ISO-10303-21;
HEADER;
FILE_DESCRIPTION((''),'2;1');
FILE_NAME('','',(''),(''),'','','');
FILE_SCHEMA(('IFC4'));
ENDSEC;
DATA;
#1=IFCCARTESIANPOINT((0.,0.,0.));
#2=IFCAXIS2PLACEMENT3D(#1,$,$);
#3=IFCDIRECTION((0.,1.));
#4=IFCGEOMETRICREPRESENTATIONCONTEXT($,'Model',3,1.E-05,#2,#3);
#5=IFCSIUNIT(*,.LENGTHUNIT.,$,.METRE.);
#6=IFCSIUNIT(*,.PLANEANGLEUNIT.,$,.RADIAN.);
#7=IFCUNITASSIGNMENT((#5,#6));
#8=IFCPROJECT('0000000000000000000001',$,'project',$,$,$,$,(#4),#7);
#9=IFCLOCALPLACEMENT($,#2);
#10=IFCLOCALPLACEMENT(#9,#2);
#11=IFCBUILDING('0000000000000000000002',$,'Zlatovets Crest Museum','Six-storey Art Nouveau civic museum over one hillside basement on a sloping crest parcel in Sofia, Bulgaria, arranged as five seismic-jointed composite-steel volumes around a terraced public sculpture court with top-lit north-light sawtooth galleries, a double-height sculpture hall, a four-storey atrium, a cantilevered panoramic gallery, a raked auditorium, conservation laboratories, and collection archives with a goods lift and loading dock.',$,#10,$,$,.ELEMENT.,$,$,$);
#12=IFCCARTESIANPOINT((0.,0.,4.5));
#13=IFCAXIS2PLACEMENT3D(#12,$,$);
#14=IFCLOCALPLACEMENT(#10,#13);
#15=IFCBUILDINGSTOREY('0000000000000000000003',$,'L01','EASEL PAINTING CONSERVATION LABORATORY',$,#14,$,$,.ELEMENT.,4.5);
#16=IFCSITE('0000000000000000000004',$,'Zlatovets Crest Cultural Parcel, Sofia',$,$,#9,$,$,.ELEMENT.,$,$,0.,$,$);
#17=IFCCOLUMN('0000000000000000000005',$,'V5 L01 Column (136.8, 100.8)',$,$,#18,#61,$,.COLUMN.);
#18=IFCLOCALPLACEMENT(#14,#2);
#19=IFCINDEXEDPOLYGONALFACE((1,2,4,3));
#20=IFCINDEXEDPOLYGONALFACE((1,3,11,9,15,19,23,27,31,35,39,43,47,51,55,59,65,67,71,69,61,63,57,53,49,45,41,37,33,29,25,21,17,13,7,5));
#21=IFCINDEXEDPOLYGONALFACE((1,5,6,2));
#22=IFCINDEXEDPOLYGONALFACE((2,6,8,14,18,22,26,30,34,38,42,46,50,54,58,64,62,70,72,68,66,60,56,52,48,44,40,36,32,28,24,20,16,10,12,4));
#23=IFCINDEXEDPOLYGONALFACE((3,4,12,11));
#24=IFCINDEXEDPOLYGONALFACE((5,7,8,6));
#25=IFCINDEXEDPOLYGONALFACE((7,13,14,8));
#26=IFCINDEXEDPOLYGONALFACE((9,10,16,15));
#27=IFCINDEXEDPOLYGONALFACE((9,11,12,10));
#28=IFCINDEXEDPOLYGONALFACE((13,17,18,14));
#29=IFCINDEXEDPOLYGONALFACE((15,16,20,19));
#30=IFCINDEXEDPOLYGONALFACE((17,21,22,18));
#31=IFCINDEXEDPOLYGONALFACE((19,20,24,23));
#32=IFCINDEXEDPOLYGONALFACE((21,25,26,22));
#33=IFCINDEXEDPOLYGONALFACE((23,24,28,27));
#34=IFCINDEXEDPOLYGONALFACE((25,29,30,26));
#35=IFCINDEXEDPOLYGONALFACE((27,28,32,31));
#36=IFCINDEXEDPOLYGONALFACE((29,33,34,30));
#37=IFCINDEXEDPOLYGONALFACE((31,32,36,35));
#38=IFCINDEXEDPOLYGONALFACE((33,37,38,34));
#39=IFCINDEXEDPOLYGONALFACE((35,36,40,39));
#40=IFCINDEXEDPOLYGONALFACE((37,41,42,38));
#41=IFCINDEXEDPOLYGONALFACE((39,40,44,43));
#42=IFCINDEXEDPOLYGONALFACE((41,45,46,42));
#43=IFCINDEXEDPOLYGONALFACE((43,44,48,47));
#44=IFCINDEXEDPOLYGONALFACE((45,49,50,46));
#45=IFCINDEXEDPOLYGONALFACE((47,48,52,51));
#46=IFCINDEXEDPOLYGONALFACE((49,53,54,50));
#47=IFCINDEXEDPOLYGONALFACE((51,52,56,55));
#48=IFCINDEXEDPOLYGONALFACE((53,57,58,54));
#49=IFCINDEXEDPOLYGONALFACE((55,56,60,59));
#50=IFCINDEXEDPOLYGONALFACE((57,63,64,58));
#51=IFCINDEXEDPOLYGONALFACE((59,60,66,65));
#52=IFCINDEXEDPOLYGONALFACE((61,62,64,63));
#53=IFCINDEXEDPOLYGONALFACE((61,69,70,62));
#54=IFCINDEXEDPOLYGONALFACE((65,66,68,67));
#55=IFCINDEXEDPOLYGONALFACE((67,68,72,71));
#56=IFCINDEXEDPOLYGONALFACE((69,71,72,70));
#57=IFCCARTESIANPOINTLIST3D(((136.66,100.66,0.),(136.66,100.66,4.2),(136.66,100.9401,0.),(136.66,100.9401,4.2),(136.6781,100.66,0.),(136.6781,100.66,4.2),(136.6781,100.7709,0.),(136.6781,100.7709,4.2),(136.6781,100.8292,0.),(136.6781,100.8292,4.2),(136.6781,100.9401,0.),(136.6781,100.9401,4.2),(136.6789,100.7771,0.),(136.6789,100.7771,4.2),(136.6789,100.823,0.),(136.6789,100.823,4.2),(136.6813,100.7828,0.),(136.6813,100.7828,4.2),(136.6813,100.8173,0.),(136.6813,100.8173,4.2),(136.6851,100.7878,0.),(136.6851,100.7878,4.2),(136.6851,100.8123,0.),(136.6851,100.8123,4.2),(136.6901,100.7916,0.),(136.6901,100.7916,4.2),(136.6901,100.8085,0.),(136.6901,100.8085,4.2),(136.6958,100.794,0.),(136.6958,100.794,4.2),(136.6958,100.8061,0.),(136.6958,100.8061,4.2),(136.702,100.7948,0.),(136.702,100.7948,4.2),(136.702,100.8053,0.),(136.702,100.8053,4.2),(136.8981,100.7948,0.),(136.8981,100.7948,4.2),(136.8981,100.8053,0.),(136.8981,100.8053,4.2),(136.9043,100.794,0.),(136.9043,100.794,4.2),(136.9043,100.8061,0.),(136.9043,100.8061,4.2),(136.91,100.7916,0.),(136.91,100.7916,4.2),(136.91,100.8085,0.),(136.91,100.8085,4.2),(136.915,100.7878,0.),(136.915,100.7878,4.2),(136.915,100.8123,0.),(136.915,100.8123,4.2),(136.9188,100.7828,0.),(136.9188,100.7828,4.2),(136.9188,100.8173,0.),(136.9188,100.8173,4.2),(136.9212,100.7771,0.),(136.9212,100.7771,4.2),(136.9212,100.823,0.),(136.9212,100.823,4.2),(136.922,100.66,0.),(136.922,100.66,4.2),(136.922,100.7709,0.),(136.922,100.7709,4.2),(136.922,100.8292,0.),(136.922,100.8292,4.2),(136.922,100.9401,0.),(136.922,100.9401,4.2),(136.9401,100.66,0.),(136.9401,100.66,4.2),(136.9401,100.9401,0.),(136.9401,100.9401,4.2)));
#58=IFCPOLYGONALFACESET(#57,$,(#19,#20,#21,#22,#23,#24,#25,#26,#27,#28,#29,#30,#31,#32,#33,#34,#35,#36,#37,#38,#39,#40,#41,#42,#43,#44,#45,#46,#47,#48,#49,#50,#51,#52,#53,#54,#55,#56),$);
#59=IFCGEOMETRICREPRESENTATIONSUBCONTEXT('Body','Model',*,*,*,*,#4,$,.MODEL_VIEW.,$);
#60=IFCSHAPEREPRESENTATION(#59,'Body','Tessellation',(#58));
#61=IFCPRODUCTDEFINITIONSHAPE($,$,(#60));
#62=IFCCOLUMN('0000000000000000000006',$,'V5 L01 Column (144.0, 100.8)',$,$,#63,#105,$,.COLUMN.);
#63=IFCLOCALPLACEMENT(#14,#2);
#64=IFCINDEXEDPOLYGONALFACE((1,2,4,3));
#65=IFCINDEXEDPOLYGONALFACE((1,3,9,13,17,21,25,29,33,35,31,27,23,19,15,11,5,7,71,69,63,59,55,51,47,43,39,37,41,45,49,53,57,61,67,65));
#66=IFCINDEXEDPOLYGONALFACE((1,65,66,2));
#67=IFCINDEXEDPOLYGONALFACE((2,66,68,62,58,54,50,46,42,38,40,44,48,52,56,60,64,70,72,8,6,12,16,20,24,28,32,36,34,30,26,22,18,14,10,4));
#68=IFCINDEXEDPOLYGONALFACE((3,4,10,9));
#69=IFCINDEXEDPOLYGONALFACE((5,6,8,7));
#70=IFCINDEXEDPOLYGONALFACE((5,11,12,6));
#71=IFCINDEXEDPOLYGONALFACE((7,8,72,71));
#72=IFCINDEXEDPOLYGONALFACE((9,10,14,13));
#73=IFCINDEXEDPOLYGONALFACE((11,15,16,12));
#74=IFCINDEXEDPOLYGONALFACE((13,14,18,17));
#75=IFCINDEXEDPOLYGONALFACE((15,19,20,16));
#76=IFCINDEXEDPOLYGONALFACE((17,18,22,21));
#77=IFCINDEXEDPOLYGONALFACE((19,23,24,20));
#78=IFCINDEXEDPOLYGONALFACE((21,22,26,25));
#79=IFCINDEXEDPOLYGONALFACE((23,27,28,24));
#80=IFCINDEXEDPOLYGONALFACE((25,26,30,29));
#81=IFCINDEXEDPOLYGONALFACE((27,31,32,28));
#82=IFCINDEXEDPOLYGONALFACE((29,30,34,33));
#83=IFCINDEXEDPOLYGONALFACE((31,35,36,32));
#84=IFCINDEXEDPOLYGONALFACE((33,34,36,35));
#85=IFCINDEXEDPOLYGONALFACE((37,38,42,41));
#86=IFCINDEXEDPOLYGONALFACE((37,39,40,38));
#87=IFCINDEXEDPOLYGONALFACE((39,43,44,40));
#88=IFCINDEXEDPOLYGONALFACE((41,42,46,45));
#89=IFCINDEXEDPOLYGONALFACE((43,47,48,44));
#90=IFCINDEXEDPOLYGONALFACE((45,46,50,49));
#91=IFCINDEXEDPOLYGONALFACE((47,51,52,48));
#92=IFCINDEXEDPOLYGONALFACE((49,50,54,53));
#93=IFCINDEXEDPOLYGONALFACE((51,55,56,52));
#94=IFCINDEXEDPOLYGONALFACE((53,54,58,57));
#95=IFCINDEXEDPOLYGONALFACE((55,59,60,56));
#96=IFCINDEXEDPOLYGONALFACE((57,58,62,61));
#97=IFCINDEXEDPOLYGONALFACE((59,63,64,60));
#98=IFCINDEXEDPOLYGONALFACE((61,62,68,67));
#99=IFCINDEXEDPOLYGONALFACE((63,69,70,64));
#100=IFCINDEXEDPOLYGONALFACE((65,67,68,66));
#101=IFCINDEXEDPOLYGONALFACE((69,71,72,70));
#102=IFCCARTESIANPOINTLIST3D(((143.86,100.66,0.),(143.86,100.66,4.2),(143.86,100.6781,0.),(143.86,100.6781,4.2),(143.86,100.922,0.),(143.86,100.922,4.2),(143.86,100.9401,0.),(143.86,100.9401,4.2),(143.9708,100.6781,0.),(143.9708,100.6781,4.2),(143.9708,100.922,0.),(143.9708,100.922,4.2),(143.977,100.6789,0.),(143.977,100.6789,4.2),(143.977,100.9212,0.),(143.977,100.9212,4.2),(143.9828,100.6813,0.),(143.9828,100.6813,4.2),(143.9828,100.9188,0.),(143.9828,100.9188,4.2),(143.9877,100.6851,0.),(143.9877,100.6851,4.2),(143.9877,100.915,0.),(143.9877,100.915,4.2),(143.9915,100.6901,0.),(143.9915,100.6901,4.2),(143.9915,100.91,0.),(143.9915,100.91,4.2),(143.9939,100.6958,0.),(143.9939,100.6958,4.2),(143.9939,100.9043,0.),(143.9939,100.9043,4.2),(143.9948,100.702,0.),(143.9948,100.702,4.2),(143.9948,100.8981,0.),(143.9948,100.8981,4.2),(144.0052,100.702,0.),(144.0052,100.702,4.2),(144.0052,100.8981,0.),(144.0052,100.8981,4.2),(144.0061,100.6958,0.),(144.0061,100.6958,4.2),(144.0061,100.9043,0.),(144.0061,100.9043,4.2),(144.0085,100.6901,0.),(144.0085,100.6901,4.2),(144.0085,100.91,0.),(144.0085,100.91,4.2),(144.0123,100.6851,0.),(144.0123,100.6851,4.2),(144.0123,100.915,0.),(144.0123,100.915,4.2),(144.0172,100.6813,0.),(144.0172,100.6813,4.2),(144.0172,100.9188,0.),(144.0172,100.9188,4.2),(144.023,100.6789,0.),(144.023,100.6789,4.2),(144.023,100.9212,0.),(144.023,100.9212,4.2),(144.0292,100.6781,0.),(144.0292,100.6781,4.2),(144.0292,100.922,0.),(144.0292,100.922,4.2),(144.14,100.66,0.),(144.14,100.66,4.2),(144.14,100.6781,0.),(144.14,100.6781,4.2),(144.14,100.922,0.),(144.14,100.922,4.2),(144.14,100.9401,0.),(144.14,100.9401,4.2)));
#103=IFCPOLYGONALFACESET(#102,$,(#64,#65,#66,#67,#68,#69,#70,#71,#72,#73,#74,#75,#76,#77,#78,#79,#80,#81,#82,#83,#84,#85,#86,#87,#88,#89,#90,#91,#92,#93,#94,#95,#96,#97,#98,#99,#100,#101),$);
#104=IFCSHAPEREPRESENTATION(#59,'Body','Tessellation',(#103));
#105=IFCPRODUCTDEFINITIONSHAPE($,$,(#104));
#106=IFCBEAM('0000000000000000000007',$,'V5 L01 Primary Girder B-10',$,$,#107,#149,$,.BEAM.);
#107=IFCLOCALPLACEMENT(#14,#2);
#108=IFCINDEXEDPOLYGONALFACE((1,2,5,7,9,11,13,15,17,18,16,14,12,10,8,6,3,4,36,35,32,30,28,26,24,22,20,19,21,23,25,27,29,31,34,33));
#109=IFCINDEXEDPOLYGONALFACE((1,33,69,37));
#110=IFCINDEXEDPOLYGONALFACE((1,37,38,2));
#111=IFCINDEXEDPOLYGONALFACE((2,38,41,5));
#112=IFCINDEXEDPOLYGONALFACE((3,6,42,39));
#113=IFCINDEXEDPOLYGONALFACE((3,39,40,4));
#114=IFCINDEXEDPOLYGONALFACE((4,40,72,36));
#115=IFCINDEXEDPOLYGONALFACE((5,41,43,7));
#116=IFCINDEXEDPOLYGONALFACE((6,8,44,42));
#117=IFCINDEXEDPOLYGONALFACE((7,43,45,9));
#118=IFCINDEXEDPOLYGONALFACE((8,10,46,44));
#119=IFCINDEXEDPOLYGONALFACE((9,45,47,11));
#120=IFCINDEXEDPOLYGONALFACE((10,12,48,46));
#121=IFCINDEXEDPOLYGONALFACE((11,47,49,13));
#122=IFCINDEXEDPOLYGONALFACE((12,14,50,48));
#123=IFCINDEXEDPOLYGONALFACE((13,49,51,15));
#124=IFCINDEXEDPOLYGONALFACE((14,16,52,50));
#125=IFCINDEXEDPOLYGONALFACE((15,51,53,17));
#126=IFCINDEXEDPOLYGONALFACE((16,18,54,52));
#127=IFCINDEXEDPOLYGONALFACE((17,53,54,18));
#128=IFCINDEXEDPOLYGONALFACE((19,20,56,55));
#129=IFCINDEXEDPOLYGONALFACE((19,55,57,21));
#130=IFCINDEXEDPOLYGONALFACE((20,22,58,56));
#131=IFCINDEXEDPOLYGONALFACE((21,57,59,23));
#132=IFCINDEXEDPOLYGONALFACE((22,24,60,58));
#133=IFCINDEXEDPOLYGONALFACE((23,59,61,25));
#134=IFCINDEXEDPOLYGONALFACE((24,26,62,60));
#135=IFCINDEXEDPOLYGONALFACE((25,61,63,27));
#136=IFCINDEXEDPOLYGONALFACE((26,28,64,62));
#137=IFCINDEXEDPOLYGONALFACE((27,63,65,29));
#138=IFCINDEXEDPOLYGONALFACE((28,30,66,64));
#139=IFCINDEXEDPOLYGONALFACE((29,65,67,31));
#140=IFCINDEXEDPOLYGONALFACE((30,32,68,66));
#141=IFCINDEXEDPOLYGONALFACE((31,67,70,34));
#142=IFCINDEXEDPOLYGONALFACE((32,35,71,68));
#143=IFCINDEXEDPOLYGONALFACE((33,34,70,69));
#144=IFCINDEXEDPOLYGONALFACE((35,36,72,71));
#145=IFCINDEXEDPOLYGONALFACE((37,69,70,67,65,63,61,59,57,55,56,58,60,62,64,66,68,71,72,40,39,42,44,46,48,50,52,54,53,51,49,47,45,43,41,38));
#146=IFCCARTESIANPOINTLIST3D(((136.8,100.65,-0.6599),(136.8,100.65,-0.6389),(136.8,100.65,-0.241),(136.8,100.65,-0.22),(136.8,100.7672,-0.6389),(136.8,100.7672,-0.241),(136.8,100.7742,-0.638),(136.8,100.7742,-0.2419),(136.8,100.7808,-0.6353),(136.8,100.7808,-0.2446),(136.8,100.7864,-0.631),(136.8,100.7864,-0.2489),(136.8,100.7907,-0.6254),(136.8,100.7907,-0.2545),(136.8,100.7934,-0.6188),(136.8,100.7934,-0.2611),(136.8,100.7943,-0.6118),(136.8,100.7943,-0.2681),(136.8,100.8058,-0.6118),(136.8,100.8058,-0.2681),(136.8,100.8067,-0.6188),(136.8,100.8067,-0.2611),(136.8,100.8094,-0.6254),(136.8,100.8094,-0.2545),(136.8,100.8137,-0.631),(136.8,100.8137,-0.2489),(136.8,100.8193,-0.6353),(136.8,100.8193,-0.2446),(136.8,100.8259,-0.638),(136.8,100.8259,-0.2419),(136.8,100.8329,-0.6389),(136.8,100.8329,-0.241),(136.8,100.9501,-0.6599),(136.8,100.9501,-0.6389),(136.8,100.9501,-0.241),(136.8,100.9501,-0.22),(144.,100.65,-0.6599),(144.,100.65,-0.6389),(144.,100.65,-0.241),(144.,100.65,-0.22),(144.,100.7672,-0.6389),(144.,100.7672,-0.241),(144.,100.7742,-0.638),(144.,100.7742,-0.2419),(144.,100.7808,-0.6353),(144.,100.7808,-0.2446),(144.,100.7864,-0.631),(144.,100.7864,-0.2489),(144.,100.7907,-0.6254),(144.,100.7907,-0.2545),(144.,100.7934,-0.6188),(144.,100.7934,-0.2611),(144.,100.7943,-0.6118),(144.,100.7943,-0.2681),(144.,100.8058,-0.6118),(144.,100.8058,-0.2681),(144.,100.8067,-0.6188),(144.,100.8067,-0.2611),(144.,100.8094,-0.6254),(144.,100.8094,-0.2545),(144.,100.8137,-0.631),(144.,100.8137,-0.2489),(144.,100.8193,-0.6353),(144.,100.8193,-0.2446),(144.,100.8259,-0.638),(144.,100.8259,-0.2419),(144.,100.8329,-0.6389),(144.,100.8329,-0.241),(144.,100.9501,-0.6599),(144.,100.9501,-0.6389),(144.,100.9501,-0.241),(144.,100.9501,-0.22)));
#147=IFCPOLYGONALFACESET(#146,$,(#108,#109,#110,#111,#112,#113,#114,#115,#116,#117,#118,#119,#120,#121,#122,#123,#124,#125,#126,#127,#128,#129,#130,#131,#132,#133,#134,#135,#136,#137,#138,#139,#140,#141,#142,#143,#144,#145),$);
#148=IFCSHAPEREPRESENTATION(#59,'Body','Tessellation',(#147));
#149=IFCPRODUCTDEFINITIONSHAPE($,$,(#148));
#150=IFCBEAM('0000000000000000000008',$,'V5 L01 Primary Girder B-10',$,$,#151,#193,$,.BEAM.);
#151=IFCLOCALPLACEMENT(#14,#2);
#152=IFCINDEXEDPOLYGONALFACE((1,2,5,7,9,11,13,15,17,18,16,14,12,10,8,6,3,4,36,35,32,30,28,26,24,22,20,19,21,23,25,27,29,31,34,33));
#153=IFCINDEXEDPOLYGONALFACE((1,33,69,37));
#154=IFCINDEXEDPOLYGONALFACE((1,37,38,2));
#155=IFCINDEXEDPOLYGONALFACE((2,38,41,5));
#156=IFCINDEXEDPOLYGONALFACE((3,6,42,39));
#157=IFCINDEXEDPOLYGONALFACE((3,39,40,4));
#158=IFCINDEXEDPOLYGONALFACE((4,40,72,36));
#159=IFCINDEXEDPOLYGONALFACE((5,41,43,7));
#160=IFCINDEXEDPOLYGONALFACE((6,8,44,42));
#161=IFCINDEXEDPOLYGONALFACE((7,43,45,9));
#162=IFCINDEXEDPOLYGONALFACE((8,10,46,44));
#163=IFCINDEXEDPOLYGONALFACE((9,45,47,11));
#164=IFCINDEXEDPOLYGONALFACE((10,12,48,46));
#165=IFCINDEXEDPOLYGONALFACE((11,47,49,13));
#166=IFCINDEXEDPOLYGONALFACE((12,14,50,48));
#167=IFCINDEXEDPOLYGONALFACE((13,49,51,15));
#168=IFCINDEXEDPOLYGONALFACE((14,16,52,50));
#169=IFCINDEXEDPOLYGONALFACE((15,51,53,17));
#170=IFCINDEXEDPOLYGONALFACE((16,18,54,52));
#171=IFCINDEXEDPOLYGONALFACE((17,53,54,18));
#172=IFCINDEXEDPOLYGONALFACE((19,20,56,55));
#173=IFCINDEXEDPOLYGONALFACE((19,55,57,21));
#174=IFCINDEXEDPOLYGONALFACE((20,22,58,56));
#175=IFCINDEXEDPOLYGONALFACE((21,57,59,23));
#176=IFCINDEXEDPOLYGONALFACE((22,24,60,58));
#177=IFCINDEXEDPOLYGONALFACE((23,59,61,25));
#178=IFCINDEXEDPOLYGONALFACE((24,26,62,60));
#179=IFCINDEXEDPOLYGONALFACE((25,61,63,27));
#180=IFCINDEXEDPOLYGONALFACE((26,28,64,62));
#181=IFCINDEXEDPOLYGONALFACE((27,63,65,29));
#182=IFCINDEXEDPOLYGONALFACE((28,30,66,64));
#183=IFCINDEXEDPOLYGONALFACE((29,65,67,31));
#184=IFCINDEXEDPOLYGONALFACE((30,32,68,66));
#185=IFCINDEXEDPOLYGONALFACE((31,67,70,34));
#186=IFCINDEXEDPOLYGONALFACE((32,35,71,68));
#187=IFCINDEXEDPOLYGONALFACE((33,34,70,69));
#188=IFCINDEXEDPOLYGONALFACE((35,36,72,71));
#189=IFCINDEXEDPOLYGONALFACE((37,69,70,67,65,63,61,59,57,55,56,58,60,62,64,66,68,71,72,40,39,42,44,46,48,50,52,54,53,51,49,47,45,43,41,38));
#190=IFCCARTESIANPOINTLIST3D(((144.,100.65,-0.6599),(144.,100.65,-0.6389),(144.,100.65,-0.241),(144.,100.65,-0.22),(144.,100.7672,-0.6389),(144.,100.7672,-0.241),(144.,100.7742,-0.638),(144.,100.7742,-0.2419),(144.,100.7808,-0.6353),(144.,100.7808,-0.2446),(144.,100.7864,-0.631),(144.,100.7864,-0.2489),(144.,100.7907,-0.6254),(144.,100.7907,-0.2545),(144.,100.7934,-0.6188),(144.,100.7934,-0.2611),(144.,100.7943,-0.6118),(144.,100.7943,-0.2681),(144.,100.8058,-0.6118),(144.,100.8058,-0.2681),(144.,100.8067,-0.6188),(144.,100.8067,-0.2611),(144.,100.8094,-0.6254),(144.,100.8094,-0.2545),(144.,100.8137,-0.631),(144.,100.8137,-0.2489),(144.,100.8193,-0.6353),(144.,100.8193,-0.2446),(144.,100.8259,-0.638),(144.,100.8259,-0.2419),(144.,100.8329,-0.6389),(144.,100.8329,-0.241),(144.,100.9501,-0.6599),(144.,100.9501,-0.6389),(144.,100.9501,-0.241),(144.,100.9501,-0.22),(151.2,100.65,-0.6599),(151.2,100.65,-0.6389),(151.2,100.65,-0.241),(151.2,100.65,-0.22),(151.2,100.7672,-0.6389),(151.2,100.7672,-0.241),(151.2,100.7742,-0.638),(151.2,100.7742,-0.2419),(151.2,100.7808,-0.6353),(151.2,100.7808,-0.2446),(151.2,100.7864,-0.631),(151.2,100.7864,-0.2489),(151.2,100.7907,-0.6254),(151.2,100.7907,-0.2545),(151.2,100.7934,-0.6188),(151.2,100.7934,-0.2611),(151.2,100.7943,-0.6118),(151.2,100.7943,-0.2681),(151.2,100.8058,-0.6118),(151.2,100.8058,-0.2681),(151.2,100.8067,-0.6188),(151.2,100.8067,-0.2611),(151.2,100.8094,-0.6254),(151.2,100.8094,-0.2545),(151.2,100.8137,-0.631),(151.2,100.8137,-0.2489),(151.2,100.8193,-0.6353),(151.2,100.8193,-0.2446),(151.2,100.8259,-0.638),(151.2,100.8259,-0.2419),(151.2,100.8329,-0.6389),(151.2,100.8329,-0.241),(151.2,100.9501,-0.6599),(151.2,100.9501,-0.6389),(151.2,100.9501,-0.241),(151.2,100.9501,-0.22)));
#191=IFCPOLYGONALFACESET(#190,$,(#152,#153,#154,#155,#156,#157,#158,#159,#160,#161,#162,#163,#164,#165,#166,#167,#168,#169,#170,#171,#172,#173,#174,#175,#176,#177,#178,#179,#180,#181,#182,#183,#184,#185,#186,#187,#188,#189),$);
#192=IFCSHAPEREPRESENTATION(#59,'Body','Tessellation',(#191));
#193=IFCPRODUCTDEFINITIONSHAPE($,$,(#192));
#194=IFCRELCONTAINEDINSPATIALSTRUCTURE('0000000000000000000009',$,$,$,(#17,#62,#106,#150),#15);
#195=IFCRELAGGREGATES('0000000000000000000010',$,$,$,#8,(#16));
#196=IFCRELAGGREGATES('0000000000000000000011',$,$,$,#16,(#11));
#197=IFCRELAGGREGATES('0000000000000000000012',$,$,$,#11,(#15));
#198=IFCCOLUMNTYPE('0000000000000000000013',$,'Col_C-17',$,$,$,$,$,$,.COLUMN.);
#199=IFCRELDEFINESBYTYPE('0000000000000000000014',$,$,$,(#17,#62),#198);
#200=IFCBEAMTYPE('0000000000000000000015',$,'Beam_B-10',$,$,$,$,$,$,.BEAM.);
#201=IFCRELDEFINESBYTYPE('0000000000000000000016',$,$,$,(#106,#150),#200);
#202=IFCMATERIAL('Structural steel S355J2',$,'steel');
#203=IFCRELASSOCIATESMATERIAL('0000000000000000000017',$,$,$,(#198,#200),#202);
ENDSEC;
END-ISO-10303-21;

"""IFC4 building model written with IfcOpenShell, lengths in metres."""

from ifc_helpers import new_model, si_unit, direction, frame, origin, origin_2d, place, context, subcontext, project, spatial, i_section, extrude, material, material_profile, profile_set, type_object, element, save


model = new_model("IFC4")

# Units and contexts
model_context = context("Model", 3, precision=1e-05, world=origin(), true_north=direction((0.0, 1.0)))
body_context = subcontext(model_context, "Body", "Model", "MODEL_VIEW")
ifc_project = project(units=[si_unit("LENGTHUNIT", "METRE"), si_unit("PLANEANGLEUNIT", "RADIAN")], contexts=[model_context])

# Site, building, storey
site_placement = place(None, origin())
site = spatial("IfcSite", under=ifc_project, at=site_placement, Name="Zlatovets Crest Cultural Parcel, Sofia", CompositionType="ELEMENT", RefElevation=0.0)
building_placement = place(site_placement, origin())
building = spatial("IfcBuilding", under=site, at=building_placement, Name="Zlatovets Crest Museum", Description="Six-storey Art Nouveau civic museum over one hillside basement on a sloping crest parcel in Sofia, Bulgaria, arranged as five seismic-jointed composite-steel volumes around a terraced public sculpture court with top-lit north-light sawtooth galleries, a double-height sculpture hall, a four-storey atrium, a cantilevered panoramic gallery, a raked auditorium, conservation laboratories, and collection archives with a goods lift and loading dock.", CompositionType="ELEMENT")
storey_placement = place(building_placement, frame((0.0, 0.0, 4.5)))
storey = spatial("IfcBuildingStorey", under=building, at=storey_placement, Name="L01", Description="EASEL PAINTING CONSERVATION LABORATORY", CompositionType="ELEMENT", Elevation=4.5)

# Columns
ifc_material_1 = material(Name="Structural steel S355J2", Category="steel")
ifc_material_profile_1 = material_profile(ifc_material_1, i_section(OverallWidth=0.28, OverallDepth=0.28, WebThickness=0.0105, FlangeThickness=0.0181, FilletRadius=0.0239, at=origin_2d()), Name="HEB 280")
ifc_profile_set_1 = profile_set([ifc_material_profile_1], Name="Structural steel S355J2")
column_type = type_object("IfcColumnType", Name="Col_C-17", PredefinedType="COLUMN", material=ifc_profile_set_1)
for number, where, z_axis, x_axis, name in (
    (1, (136.8, 100.8, 0.0), (0.0, 0.0, 1.0), (0.0, 1.0, 0.0), "V5 L01 Column (136.8, 100.8)"),
    (2, (144.0, 100.8, 0.0), (0.0, 0.0, 1.0), (1.0, 0.0, 0.0), "V5 L01 Column (144.0, 100.8)"),
):
    element("IfcColumn", number, at=place(storey_placement, frame(where, z_axis=z_axis, x_axis=x_axis)), inside=storey, type_object=column_type, Name=name, PredefinedType="COLUMN", context=body_context, shape_type="SweptSolid", body=[
        extrude(i_section(OverallWidth=0.28, OverallDepth=0.28, WebThickness=0.0105, FlangeThickness=0.0181, FilletRadius=0.0239, at=origin_2d()), origin(), (0.0, 0.0, 1.0), 4.2),
    ])

# Beams
ifc_material_profile_2 = material_profile(ifc_material_1, i_section(OverallWidth=0.3, OverallDepth=0.4399, WebThickness=0.0115, FlangeThickness=0.021, FilletRadius=0.0271, at=origin_2d()), Name="HEA 450")
ifc_profile_set_2 = profile_set([ifc_material_profile_2], Name="Structural steel S355J2")
beam_type_1 = type_object("IfcBeamType", Name="Beam_B-10", PredefinedType="BEAM", material=ifc_profile_set_2)
for number, where, z_axis, x_axis, name in (
    (3, (136.8, 100.8, -0.4399), (1.0, 0.0, 0.0), (0.0, 1.0, 0.0), "V5 L01 Primary Girder B-10"),
    (4, (144.0, 100.8, -0.4399), (1.0, 0.0, 0.0), (0.0, 1.0, 0.0), "V5 L01 Primary Girder B-10"),
):
    element("IfcBeam", number, at=place(storey_placement, frame(where, z_axis=z_axis, x_axis=x_axis)), inside=storey, type_object=beam_type_1, Name=name, PredefinedType="BEAM", context=body_context, shape_type="SweptSolid", body=[
        extrude(i_section(OverallWidth=0.3, OverallDepth=0.4399, WebThickness=0.0115, FlangeThickness=0.021, FilletRadius=0.0271, at=origin_2d()), origin(), (0.0, 0.0, 1.0), 7.2),
    ])

save(model, "model.ifc")
